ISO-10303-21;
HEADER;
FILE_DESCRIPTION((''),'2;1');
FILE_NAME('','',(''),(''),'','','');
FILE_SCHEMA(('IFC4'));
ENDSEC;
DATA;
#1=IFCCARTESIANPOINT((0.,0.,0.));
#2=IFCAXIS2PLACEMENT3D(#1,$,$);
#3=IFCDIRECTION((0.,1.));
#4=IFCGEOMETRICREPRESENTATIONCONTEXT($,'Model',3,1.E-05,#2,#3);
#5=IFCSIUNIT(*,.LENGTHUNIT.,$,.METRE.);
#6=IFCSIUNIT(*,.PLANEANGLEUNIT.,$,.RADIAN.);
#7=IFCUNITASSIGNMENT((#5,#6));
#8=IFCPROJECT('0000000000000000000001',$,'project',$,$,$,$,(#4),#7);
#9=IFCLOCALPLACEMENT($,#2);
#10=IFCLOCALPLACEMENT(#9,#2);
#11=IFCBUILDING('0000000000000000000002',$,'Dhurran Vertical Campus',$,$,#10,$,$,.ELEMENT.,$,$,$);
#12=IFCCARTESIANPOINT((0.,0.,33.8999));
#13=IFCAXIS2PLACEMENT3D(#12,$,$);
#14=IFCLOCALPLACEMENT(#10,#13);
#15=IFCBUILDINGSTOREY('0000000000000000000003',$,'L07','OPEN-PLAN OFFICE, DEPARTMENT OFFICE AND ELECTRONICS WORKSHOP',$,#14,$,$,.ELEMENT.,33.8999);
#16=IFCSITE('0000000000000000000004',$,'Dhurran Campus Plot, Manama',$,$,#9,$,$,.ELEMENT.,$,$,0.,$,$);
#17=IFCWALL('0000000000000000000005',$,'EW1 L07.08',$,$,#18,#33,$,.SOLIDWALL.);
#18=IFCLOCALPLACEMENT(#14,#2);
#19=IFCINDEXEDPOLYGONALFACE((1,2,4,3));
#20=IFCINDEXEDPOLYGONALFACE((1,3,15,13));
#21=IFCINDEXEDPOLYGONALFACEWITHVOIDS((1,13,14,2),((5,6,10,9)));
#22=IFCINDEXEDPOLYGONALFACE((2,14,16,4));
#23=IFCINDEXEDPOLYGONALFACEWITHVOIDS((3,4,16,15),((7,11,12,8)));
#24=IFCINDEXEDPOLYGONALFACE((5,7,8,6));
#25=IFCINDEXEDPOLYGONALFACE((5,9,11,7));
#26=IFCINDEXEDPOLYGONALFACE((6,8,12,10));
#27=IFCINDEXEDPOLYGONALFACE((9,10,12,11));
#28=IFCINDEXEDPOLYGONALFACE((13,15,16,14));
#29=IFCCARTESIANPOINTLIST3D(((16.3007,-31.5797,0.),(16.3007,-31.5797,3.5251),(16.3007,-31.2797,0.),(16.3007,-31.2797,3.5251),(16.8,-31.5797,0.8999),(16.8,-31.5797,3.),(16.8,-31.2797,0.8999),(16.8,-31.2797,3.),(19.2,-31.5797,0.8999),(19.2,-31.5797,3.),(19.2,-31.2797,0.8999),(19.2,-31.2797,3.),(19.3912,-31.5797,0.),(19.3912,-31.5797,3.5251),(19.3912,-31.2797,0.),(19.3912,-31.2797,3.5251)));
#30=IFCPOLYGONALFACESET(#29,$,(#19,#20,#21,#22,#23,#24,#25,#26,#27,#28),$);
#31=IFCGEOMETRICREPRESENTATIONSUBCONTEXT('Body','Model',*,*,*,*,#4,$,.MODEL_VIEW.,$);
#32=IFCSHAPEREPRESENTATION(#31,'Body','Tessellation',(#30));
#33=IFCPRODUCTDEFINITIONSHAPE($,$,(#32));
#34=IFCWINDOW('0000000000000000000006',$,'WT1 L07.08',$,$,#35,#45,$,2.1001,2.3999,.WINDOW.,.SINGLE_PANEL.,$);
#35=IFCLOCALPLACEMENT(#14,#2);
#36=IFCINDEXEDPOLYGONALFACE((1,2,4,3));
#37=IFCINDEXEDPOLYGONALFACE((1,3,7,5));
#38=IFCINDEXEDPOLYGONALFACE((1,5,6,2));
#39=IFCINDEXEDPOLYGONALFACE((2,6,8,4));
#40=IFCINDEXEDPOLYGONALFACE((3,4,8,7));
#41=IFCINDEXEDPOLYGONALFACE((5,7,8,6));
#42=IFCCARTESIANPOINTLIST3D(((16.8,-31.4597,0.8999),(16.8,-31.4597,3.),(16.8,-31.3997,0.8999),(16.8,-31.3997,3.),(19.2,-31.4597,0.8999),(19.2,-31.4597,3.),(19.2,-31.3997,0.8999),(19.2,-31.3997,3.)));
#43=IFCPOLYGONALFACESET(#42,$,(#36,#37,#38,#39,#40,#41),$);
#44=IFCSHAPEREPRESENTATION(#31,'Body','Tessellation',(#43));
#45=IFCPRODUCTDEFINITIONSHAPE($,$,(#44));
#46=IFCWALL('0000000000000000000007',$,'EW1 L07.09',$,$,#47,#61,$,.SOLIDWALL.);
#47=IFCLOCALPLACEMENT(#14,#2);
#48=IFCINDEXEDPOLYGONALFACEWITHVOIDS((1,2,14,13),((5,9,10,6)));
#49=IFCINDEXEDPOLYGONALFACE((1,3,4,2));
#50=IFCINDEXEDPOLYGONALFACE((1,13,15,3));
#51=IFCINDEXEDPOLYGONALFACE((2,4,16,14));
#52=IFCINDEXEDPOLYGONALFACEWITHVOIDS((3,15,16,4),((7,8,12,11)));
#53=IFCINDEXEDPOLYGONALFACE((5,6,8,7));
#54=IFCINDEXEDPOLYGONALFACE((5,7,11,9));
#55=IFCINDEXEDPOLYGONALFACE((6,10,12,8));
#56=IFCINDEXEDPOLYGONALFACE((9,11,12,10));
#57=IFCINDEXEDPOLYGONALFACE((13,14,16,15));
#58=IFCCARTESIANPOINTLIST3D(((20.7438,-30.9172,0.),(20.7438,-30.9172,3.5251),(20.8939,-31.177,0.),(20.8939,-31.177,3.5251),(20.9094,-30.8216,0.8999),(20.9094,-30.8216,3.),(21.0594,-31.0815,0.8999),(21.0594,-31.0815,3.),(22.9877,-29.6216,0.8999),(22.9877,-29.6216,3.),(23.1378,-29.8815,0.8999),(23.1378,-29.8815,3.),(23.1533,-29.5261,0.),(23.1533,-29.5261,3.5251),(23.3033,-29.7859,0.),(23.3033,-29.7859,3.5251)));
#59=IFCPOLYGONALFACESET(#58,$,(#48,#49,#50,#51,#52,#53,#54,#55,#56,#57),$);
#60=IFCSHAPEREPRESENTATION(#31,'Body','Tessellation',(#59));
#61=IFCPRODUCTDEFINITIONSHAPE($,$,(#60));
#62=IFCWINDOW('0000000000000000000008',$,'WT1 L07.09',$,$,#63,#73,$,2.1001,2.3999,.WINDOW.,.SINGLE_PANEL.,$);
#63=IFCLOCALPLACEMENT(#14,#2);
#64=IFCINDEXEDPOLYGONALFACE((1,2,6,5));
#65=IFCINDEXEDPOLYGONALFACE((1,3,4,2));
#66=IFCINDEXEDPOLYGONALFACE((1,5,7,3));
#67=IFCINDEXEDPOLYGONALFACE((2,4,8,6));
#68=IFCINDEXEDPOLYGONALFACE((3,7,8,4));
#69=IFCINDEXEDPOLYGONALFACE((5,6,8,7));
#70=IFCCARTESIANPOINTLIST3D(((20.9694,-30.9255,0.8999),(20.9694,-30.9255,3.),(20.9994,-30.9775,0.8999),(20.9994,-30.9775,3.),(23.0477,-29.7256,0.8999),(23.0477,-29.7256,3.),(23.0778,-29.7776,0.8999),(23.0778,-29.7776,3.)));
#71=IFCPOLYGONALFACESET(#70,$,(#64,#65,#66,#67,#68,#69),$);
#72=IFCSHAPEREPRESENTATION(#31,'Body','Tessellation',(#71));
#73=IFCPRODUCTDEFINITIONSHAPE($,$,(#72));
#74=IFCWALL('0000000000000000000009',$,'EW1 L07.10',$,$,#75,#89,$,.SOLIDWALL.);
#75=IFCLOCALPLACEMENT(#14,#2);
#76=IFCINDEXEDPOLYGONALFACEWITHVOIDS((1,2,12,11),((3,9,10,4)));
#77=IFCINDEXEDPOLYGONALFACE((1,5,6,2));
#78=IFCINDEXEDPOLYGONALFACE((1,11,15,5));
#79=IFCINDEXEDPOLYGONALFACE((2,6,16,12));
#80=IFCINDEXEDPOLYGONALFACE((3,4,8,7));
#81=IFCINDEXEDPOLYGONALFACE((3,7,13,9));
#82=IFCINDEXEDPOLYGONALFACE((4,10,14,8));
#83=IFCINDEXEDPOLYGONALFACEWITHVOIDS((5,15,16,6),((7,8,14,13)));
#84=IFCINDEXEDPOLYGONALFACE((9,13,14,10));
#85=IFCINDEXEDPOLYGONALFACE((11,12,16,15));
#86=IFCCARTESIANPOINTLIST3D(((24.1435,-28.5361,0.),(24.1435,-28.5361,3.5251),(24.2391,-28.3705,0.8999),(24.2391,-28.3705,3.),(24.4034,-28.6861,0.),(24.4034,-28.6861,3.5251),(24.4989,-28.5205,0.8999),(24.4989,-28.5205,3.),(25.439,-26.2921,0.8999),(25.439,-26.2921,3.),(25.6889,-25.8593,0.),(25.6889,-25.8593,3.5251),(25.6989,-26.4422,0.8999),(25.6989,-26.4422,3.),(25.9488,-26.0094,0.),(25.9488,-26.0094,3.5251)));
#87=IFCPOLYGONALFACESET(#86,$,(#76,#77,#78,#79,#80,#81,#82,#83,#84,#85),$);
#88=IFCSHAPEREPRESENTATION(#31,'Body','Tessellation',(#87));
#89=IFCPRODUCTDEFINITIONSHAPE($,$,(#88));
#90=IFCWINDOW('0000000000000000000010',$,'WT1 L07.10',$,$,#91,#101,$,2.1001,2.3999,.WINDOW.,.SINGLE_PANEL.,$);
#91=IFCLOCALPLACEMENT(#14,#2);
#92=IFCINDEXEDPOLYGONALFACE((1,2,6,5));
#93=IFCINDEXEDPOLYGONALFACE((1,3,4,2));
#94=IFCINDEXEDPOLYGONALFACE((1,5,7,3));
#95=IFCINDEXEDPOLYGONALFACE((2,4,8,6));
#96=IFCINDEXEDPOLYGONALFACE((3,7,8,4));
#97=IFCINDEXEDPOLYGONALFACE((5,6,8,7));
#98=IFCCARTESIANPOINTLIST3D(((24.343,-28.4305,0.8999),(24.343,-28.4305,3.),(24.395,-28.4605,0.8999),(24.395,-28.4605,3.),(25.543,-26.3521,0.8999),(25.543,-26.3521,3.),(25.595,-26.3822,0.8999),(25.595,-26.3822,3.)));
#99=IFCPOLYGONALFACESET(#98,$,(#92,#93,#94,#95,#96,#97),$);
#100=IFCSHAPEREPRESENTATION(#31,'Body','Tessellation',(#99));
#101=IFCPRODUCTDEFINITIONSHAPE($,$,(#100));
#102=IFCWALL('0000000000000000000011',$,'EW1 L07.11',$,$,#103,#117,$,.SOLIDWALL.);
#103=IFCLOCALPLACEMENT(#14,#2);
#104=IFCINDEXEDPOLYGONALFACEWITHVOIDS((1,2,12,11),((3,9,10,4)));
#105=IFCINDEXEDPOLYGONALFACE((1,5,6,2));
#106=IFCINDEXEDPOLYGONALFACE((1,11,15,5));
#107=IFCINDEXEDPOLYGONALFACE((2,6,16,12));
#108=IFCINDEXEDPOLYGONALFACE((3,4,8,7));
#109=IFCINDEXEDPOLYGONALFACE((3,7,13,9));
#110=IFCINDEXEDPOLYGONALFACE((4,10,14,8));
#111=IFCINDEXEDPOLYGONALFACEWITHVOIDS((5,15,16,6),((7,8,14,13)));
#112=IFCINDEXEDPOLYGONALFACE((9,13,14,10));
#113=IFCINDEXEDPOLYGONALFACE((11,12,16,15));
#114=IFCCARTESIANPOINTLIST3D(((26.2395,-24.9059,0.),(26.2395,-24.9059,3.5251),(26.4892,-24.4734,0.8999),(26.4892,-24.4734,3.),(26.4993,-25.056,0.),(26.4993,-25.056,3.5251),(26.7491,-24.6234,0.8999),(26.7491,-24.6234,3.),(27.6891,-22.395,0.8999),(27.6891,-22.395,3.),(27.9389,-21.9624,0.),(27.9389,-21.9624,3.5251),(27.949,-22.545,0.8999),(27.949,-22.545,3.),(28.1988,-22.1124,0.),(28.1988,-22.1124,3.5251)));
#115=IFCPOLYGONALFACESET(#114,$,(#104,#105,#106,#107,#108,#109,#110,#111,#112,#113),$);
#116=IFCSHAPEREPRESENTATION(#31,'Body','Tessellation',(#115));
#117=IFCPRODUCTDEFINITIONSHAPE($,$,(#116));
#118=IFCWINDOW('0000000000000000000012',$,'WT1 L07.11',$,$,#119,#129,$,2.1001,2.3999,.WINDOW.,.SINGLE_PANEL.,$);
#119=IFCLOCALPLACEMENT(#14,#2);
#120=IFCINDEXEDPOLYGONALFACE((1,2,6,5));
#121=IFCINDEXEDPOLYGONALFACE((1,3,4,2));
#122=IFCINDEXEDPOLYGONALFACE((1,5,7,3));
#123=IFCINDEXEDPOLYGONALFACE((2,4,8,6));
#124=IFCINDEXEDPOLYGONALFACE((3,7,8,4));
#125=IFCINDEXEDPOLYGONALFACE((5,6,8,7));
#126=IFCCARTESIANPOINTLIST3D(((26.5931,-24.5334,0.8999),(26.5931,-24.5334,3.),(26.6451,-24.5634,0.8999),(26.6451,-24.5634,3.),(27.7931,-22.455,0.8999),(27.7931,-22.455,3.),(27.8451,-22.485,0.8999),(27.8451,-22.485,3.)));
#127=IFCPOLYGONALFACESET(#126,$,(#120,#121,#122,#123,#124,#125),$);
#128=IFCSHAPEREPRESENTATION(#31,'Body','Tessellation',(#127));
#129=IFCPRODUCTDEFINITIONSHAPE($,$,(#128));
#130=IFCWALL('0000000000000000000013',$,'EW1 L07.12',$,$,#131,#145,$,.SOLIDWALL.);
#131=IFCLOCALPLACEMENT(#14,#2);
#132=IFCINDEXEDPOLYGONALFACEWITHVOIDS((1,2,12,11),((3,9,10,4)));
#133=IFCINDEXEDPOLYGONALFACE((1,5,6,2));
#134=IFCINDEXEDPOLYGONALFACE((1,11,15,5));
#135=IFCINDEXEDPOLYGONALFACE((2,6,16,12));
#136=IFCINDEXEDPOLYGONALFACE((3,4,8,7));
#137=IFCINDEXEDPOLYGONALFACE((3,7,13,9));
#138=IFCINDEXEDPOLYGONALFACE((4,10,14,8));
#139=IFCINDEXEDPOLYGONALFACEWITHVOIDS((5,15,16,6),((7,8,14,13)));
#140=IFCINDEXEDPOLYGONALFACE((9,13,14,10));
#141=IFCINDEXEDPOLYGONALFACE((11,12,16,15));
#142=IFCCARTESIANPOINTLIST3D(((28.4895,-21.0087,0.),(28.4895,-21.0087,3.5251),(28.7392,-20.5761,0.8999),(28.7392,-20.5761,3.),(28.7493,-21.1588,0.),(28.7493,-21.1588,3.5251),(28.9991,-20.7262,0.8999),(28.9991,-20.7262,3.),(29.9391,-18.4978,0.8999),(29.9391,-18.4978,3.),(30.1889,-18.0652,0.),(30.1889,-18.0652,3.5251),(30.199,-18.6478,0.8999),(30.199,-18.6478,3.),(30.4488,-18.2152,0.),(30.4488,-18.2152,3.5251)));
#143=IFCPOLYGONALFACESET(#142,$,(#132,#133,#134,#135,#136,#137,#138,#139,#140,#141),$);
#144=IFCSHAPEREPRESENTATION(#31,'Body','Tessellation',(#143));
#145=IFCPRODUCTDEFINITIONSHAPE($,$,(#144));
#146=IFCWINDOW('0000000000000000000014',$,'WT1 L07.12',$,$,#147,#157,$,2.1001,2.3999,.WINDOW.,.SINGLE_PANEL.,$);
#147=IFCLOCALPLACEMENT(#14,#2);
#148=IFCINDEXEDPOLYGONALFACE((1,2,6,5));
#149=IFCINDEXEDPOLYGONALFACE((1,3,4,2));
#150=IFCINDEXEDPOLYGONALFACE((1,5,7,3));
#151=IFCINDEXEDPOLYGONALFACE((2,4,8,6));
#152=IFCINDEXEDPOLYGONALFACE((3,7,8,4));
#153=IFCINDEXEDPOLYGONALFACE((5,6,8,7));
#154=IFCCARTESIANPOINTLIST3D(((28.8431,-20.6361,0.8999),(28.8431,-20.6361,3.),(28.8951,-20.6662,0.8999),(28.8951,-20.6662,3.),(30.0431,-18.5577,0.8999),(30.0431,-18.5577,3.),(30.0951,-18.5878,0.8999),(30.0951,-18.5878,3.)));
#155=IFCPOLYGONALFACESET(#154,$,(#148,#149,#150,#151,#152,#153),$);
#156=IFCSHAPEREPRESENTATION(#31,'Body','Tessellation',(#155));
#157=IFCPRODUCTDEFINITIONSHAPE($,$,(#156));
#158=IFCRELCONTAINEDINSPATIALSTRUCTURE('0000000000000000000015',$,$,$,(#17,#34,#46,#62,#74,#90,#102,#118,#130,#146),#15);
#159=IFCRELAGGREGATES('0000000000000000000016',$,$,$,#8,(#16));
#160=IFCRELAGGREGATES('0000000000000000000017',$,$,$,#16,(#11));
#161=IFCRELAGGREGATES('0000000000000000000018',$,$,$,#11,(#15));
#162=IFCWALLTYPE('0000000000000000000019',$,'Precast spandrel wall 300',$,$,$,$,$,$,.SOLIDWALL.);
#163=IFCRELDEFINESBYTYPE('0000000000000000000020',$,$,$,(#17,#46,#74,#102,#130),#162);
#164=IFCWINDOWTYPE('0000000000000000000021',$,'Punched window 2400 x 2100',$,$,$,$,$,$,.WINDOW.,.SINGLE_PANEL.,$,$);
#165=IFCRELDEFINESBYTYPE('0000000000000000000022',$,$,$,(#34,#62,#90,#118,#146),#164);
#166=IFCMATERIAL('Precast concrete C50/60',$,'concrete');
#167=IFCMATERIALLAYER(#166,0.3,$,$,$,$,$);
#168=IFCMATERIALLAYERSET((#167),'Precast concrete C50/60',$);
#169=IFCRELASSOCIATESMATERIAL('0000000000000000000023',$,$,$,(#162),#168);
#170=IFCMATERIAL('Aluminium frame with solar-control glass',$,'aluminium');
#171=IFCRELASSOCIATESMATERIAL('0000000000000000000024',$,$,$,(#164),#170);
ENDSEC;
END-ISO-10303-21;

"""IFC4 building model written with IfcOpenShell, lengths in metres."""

from ifc_helpers import new_model, si_unit, direction, frame, frame_2d, origin, place, context, subcontext, project, spatial, rectangle, extrude, material, layer, layer_set, type_object, element, fill, save


model = new_model("IFC4")

# Units and contexts
model_context = context("Model", 3, precision=1e-05, world=origin(), true_north=direction((0.0, 1.0)))
body_context = subcontext(model_context, "Body", "Model", "MODEL_VIEW")
ifc_project = project(units=[si_unit("LENGTHUNIT", "METRE"), si_unit("PLANEANGLEUNIT", "RADIAN")], contexts=[model_context])

# Site, building, storey
site_placement = place(None, origin())
site = spatial("IfcSite", under=ifc_project, at=site_placement, Name="Dhurran Campus Plot, Manama", CompositionType="ELEMENT", RefElevation=0.0)
building_placement = place(site_placement, origin())
building = spatial("IfcBuilding", under=site, at=building_placement, Name="Dhurran Vertical Campus", CompositionType="ELEMENT")
storey_placement = place(building_placement, frame((0.0, 0.0, 33.8999)))
storey = spatial("IfcBuildingStorey", under=building, at=storey_placement, Name="L07", Description="OPEN-PLAN OFFICE, DEPARTMENT OFFICE AND ELECTRONICS WORKSHOP", CompositionType="ELEMENT", Elevation=33.8999)

# Walls, openings, windows
ifc_material_1 = material(Name="Precast concrete C50/60", Category="concrete")
ifc_layer_1 = layer(ifc_material_1, 0.3)
ifc_layer_set_1 = layer_set([ifc_layer_1], Name="Precast concrete C50/60")
wall_type_1 = type_object("IfcWallType", Name="Precast spandrel wall 300", PredefinedType="SOLIDWALL", material=ifc_layer_set_1)
wall_1_placement = place(storey_placement, frame((16.3005, -31.4297, 0.0), z_axis=(0.0, 0.0, 1.0), x_axis=(1.0, 0.0, 0.0)))
wall_1 = element("IfcWall", 1, at=wall_1_placement, inside=storey, type_object=wall_type_1, Name="EW1 L07.08", PredefinedType="SOLIDWALL", context=body_context, shape_type="SweptSolid", body=[
    extrude(rectangle(XDim=3.0906, YDim=0.3, at=frame_2d((1.5454, 0.0))), origin(), (0.0, 0.0, 1.0), 3.5251),
])
opening_1_placement = place(wall_1_placement, frame((0.4995, 0.0, 0.8999)))
opening_1 = element("IfcOpeningElement", 2, at=opening_1_placement, cuts=wall_1, PredefinedType="OPENING", context=body_context, shape_type="SweptSolid", body=[
    extrude(rectangle(XDim=2.3999, YDim=2.1001, at=frame_2d((1.2, 1.05))), frame((0.0, 0.1599, 0.0), z_axis=(0.0, -1.0, 0.0), x_axis=(1.0, 0.0, 0.0)), (0.0, 0.0, 1.0), 0.3201),
])
ifc_material_2 = material(Name="Aluminium frame with solar-control glass", Category="aluminium")
window_type = type_object("IfcWindowType", Name="Punched window 2400 x 2100", PartitioningType="SINGLE_PANEL", PredefinedType="WINDOW", material=ifc_material_2)
window_1_placement = place(opening_1_placement, origin())
window_1 = element("IfcWindow", 3, at=window_1_placement, inside=storey, type_object=window_type, Name="WT1 L07.08", OverallHeight=2.1001, OverallWidth=2.3999, PartitioningType="SINGLE_PANEL", PredefinedType="WINDOW", context=body_context, shape_type="SweptSolid", body=[
    extrude(rectangle(XDim=2.3999, YDim=2.1001, at=frame_2d((1.2, 1.05))), frame((0.0, 0.03, 0.0), z_axis=(0.0, -1.0, 0.0), x_axis=(1.0, 0.0, 0.0)), (0.0, 0.0, 1.0), 0.0601),
])
fill(opening_1, window_1)
wall_2_placement = place(storey_placement, frame((20.8188, -31.0471, 0.0), z_axis=(0.0, 0.0, 1.0), x_axis=(0.86602, 0.500009, 0.0)))
wall_2 = element("IfcWall", 4, at=wall_2_placement, inside=storey, type_object=wall_type_1, Name="EW1 L07.09", PredefinedType="SOLIDWALL", context=body_context, shape_type="SweptSolid", body=[
    extrude(rectangle(XDim=2.7822, YDim=0.3, at=frame_2d((1.3911, 0.0))), origin(), (0.0, 0.0, 1.0), 3.5251),
])
opening_2_placement = place(wall_2_placement, frame((0.1912, 0.0, 0.8999)))
opening_2 = element("IfcOpeningElement", 5, at=opening_2_placement, cuts=wall_2, PredefinedType="OPENING", context=body_context, shape_type="SweptSolid", body=[
    extrude(rectangle(XDim=2.3999, YDim=2.1001, at=frame_2d((1.2, 1.05))), frame((0.0, 0.1599, 0.0), z_axis=(0.0, -1.0, 0.0), x_axis=(1.0, 0.0, 0.0)), (0.0, 0.0, 1.0), 0.3201),
])
window_2_placement = place(opening_2_placement, origin())
window_2 = element("IfcWindow", 6, at=window_2_placement, inside=storey, type_object=window_type, Name="WT1 L07.09", OverallHeight=2.1001, OverallWidth=2.3999, PartitioningType="SINGLE_PANEL", PredefinedType="WINDOW", context=body_context, shape_type="SweptSolid", body=[
    extrude(rectangle(XDim=2.3999, YDim=2.1001, at=frame_2d((1.2, 1.05))), frame((0.0, 0.03, 0.0), z_axis=(0.0, -1.0, 0.0), x_axis=(1.0, 0.0, 0.0)), (0.0, 0.0, 1.0), 0.0601),
])
fill(opening_2, window_2)
wall_3_placement = place(storey_placement, frame((24.2734, -28.6111, 0.0), z_axis=(0.0, 0.0, 1.0), x_axis=(0.499996, 0.866028, 0.0)))
wall_3 = element("IfcWall", 7, at=wall_3_placement, inside=storey, type_object=wall_type_1, Name="EW1 L07.10", PredefinedType="SOLIDWALL", context=body_context, shape_type="SweptSolid", body=[
    extrude(rectangle(XDim=3.0908, YDim=0.3, at=frame_2d((1.5454, 0.0))), origin(), (0.0, 0.0, 1.0), 3.5251),
])
opening_3_placement = place(wall_3_placement, frame((0.1912, 0.0, 0.8999)))
opening_3 = element("IfcOpeningElement", 8, at=opening_3_placement, cuts=wall_3, PredefinedType="OPENING", context=body_context, shape_type="SweptSolid", body=[
    extrude(rectangle(XDim=2.3999, YDim=2.1001, at=frame_2d((1.2, 1.05))), frame((0.0, 0.1599, 0.0), z_axis=(0.0, -1.0, 0.0), x_axis=(1.0, 0.0, 0.0)), (0.0, 0.0, 1.0), 0.3201),
])
window_3_placement = place(opening_3_placement, origin())
window_3 = element("IfcWindow", 9, at=window_3_placement, inside=storey, type_object=window_type, Name="WT1 L07.10", OverallHeight=2.1001, OverallWidth=2.3999, PartitioningType="SINGLE_PANEL", PredefinedType="WINDOW", context=body_context, shape_type="SweptSolid", body=[
    extrude(rectangle(XDim=2.3999, YDim=2.1001, at=frame_2d((1.2, 1.05))), frame((0.0, 0.03, 0.0), z_axis=(0.0, -1.0, 0.0), x_axis=(1.0, 0.0, 0.0)), (0.0, 0.0, 1.0), 0.0601),
])
fill(opening_3, window_3)
wall_4_placement = place(storey_placement, frame((26.3694, -24.981, 0.0), z_axis=(0.0, 0.0, 1.0), x_axis=(0.499994, 0.866029, 0.0)))
wall_4 = element("IfcWall", 10, at=wall_4_placement, inside=storey, type_object=wall_type_1, Name="EW1 L07.11", PredefinedType="SOLIDWALL", context=body_context, shape_type="SweptSolid", body=[
    extrude(rectangle(XDim=3.3989, YDim=0.3, at=frame_2d((1.6995, 0.0))), origin(), (0.0, 0.0, 1.0), 3.5251),
])
opening_4_placement = place(wall_4_placement, frame((0.4995, 0.0, 0.8999)))
opening_4 = element("IfcOpeningElement", 11, at=opening_4_placement, cuts=wall_4, PredefinedType="OPENING", context=body_context, shape_type="SweptSolid", body=[
    extrude(rectangle(XDim=2.3999, YDim=2.1001, at=frame_2d((1.2, 1.05))), frame((0.0, 0.1599, 0.0), z_axis=(0.0, -1.0, 0.0), x_axis=(1.0, 0.0, 0.0)), (0.0, 0.0, 1.0), 0.3201),
])
window_4_placement = place(opening_4_placement, origin())
window_4 = element("IfcWindow", 12, at=window_4_placement, inside=storey, type_object=window_type, Name="WT1 L07.11", OverallHeight=2.1001, OverallWidth=2.3999, PartitioningType="SINGLE_PANEL", PredefinedType="WINDOW", context=body_context, shape_type="SweptSolid", body=[
    extrude(rectangle(XDim=2.3999, YDim=2.1001, at=frame_2d((1.2, 1.05))), frame((0.0, 0.03, 0.0), z_axis=(0.0, -1.0, 0.0), x_axis=(1.0, 0.0, 0.0)), (0.0, 0.0, 1.0), 0.0601),
])
fill(opening_4, window_4)
wall_5_placement = place(storey_placement, frame((28.6194, -21.0837, 0.0), z_axis=(0.0, 0.0, 1.0), x_axis=(0.499994, 0.866029, 0.0)))
wall_5 = element("IfcWall", 13, at=wall_5_placement, inside=storey, type_object=wall_type_1, Name="EW1 L07.12", PredefinedType="SOLIDWALL", context=body_context, shape_type="SweptSolid", body=[
    extrude(rectangle(XDim=3.3989, YDim=0.3, at=frame_2d((1.6995, 0.0))), origin(), (0.0, 0.0, 1.0), 3.5251),
])
opening_5_placement = place(wall_5_placement, frame((0.4995, 0.0, 0.8999)))
opening_5 = element("IfcOpeningElement", 14, at=opening_5_placement, cuts=wall_5, PredefinedType="OPENING", context=body_context, shape_type="SweptSolid", body=[
    extrude(rectangle(XDim=2.3999, YDim=2.1001, at=frame_2d((1.2, 1.05))), frame((0.0, 0.1599, 0.0), z_axis=(0.0, -1.0, 0.0), x_axis=(1.0, 0.0, 0.0)), (0.0, 0.0, 1.0), 0.3201),
])
window_5_placement = place(opening_5_placement, origin())
window_5 = element("IfcWindow", 15, at=window_5_placement, inside=storey, type_object=window_type, Name="WT1 L07.12", OverallHeight=2.1001, OverallWidth=2.3999, PartitioningType="SINGLE_PANEL", PredefinedType="WINDOW", context=body_context, shape_type="SweptSolid", body=[
    extrude(rectangle(XDim=2.3999, YDim=2.1001, at=frame_2d((1.2, 1.05))), frame((0.0, 0.03, 0.0), z_axis=(0.0, -1.0, 0.0), x_axis=(1.0, 0.0, 0.0)), (0.0, 0.0, 1.0), 0.0601),
])
fill(opening_5, window_5)

save(model, "model.ifc")
